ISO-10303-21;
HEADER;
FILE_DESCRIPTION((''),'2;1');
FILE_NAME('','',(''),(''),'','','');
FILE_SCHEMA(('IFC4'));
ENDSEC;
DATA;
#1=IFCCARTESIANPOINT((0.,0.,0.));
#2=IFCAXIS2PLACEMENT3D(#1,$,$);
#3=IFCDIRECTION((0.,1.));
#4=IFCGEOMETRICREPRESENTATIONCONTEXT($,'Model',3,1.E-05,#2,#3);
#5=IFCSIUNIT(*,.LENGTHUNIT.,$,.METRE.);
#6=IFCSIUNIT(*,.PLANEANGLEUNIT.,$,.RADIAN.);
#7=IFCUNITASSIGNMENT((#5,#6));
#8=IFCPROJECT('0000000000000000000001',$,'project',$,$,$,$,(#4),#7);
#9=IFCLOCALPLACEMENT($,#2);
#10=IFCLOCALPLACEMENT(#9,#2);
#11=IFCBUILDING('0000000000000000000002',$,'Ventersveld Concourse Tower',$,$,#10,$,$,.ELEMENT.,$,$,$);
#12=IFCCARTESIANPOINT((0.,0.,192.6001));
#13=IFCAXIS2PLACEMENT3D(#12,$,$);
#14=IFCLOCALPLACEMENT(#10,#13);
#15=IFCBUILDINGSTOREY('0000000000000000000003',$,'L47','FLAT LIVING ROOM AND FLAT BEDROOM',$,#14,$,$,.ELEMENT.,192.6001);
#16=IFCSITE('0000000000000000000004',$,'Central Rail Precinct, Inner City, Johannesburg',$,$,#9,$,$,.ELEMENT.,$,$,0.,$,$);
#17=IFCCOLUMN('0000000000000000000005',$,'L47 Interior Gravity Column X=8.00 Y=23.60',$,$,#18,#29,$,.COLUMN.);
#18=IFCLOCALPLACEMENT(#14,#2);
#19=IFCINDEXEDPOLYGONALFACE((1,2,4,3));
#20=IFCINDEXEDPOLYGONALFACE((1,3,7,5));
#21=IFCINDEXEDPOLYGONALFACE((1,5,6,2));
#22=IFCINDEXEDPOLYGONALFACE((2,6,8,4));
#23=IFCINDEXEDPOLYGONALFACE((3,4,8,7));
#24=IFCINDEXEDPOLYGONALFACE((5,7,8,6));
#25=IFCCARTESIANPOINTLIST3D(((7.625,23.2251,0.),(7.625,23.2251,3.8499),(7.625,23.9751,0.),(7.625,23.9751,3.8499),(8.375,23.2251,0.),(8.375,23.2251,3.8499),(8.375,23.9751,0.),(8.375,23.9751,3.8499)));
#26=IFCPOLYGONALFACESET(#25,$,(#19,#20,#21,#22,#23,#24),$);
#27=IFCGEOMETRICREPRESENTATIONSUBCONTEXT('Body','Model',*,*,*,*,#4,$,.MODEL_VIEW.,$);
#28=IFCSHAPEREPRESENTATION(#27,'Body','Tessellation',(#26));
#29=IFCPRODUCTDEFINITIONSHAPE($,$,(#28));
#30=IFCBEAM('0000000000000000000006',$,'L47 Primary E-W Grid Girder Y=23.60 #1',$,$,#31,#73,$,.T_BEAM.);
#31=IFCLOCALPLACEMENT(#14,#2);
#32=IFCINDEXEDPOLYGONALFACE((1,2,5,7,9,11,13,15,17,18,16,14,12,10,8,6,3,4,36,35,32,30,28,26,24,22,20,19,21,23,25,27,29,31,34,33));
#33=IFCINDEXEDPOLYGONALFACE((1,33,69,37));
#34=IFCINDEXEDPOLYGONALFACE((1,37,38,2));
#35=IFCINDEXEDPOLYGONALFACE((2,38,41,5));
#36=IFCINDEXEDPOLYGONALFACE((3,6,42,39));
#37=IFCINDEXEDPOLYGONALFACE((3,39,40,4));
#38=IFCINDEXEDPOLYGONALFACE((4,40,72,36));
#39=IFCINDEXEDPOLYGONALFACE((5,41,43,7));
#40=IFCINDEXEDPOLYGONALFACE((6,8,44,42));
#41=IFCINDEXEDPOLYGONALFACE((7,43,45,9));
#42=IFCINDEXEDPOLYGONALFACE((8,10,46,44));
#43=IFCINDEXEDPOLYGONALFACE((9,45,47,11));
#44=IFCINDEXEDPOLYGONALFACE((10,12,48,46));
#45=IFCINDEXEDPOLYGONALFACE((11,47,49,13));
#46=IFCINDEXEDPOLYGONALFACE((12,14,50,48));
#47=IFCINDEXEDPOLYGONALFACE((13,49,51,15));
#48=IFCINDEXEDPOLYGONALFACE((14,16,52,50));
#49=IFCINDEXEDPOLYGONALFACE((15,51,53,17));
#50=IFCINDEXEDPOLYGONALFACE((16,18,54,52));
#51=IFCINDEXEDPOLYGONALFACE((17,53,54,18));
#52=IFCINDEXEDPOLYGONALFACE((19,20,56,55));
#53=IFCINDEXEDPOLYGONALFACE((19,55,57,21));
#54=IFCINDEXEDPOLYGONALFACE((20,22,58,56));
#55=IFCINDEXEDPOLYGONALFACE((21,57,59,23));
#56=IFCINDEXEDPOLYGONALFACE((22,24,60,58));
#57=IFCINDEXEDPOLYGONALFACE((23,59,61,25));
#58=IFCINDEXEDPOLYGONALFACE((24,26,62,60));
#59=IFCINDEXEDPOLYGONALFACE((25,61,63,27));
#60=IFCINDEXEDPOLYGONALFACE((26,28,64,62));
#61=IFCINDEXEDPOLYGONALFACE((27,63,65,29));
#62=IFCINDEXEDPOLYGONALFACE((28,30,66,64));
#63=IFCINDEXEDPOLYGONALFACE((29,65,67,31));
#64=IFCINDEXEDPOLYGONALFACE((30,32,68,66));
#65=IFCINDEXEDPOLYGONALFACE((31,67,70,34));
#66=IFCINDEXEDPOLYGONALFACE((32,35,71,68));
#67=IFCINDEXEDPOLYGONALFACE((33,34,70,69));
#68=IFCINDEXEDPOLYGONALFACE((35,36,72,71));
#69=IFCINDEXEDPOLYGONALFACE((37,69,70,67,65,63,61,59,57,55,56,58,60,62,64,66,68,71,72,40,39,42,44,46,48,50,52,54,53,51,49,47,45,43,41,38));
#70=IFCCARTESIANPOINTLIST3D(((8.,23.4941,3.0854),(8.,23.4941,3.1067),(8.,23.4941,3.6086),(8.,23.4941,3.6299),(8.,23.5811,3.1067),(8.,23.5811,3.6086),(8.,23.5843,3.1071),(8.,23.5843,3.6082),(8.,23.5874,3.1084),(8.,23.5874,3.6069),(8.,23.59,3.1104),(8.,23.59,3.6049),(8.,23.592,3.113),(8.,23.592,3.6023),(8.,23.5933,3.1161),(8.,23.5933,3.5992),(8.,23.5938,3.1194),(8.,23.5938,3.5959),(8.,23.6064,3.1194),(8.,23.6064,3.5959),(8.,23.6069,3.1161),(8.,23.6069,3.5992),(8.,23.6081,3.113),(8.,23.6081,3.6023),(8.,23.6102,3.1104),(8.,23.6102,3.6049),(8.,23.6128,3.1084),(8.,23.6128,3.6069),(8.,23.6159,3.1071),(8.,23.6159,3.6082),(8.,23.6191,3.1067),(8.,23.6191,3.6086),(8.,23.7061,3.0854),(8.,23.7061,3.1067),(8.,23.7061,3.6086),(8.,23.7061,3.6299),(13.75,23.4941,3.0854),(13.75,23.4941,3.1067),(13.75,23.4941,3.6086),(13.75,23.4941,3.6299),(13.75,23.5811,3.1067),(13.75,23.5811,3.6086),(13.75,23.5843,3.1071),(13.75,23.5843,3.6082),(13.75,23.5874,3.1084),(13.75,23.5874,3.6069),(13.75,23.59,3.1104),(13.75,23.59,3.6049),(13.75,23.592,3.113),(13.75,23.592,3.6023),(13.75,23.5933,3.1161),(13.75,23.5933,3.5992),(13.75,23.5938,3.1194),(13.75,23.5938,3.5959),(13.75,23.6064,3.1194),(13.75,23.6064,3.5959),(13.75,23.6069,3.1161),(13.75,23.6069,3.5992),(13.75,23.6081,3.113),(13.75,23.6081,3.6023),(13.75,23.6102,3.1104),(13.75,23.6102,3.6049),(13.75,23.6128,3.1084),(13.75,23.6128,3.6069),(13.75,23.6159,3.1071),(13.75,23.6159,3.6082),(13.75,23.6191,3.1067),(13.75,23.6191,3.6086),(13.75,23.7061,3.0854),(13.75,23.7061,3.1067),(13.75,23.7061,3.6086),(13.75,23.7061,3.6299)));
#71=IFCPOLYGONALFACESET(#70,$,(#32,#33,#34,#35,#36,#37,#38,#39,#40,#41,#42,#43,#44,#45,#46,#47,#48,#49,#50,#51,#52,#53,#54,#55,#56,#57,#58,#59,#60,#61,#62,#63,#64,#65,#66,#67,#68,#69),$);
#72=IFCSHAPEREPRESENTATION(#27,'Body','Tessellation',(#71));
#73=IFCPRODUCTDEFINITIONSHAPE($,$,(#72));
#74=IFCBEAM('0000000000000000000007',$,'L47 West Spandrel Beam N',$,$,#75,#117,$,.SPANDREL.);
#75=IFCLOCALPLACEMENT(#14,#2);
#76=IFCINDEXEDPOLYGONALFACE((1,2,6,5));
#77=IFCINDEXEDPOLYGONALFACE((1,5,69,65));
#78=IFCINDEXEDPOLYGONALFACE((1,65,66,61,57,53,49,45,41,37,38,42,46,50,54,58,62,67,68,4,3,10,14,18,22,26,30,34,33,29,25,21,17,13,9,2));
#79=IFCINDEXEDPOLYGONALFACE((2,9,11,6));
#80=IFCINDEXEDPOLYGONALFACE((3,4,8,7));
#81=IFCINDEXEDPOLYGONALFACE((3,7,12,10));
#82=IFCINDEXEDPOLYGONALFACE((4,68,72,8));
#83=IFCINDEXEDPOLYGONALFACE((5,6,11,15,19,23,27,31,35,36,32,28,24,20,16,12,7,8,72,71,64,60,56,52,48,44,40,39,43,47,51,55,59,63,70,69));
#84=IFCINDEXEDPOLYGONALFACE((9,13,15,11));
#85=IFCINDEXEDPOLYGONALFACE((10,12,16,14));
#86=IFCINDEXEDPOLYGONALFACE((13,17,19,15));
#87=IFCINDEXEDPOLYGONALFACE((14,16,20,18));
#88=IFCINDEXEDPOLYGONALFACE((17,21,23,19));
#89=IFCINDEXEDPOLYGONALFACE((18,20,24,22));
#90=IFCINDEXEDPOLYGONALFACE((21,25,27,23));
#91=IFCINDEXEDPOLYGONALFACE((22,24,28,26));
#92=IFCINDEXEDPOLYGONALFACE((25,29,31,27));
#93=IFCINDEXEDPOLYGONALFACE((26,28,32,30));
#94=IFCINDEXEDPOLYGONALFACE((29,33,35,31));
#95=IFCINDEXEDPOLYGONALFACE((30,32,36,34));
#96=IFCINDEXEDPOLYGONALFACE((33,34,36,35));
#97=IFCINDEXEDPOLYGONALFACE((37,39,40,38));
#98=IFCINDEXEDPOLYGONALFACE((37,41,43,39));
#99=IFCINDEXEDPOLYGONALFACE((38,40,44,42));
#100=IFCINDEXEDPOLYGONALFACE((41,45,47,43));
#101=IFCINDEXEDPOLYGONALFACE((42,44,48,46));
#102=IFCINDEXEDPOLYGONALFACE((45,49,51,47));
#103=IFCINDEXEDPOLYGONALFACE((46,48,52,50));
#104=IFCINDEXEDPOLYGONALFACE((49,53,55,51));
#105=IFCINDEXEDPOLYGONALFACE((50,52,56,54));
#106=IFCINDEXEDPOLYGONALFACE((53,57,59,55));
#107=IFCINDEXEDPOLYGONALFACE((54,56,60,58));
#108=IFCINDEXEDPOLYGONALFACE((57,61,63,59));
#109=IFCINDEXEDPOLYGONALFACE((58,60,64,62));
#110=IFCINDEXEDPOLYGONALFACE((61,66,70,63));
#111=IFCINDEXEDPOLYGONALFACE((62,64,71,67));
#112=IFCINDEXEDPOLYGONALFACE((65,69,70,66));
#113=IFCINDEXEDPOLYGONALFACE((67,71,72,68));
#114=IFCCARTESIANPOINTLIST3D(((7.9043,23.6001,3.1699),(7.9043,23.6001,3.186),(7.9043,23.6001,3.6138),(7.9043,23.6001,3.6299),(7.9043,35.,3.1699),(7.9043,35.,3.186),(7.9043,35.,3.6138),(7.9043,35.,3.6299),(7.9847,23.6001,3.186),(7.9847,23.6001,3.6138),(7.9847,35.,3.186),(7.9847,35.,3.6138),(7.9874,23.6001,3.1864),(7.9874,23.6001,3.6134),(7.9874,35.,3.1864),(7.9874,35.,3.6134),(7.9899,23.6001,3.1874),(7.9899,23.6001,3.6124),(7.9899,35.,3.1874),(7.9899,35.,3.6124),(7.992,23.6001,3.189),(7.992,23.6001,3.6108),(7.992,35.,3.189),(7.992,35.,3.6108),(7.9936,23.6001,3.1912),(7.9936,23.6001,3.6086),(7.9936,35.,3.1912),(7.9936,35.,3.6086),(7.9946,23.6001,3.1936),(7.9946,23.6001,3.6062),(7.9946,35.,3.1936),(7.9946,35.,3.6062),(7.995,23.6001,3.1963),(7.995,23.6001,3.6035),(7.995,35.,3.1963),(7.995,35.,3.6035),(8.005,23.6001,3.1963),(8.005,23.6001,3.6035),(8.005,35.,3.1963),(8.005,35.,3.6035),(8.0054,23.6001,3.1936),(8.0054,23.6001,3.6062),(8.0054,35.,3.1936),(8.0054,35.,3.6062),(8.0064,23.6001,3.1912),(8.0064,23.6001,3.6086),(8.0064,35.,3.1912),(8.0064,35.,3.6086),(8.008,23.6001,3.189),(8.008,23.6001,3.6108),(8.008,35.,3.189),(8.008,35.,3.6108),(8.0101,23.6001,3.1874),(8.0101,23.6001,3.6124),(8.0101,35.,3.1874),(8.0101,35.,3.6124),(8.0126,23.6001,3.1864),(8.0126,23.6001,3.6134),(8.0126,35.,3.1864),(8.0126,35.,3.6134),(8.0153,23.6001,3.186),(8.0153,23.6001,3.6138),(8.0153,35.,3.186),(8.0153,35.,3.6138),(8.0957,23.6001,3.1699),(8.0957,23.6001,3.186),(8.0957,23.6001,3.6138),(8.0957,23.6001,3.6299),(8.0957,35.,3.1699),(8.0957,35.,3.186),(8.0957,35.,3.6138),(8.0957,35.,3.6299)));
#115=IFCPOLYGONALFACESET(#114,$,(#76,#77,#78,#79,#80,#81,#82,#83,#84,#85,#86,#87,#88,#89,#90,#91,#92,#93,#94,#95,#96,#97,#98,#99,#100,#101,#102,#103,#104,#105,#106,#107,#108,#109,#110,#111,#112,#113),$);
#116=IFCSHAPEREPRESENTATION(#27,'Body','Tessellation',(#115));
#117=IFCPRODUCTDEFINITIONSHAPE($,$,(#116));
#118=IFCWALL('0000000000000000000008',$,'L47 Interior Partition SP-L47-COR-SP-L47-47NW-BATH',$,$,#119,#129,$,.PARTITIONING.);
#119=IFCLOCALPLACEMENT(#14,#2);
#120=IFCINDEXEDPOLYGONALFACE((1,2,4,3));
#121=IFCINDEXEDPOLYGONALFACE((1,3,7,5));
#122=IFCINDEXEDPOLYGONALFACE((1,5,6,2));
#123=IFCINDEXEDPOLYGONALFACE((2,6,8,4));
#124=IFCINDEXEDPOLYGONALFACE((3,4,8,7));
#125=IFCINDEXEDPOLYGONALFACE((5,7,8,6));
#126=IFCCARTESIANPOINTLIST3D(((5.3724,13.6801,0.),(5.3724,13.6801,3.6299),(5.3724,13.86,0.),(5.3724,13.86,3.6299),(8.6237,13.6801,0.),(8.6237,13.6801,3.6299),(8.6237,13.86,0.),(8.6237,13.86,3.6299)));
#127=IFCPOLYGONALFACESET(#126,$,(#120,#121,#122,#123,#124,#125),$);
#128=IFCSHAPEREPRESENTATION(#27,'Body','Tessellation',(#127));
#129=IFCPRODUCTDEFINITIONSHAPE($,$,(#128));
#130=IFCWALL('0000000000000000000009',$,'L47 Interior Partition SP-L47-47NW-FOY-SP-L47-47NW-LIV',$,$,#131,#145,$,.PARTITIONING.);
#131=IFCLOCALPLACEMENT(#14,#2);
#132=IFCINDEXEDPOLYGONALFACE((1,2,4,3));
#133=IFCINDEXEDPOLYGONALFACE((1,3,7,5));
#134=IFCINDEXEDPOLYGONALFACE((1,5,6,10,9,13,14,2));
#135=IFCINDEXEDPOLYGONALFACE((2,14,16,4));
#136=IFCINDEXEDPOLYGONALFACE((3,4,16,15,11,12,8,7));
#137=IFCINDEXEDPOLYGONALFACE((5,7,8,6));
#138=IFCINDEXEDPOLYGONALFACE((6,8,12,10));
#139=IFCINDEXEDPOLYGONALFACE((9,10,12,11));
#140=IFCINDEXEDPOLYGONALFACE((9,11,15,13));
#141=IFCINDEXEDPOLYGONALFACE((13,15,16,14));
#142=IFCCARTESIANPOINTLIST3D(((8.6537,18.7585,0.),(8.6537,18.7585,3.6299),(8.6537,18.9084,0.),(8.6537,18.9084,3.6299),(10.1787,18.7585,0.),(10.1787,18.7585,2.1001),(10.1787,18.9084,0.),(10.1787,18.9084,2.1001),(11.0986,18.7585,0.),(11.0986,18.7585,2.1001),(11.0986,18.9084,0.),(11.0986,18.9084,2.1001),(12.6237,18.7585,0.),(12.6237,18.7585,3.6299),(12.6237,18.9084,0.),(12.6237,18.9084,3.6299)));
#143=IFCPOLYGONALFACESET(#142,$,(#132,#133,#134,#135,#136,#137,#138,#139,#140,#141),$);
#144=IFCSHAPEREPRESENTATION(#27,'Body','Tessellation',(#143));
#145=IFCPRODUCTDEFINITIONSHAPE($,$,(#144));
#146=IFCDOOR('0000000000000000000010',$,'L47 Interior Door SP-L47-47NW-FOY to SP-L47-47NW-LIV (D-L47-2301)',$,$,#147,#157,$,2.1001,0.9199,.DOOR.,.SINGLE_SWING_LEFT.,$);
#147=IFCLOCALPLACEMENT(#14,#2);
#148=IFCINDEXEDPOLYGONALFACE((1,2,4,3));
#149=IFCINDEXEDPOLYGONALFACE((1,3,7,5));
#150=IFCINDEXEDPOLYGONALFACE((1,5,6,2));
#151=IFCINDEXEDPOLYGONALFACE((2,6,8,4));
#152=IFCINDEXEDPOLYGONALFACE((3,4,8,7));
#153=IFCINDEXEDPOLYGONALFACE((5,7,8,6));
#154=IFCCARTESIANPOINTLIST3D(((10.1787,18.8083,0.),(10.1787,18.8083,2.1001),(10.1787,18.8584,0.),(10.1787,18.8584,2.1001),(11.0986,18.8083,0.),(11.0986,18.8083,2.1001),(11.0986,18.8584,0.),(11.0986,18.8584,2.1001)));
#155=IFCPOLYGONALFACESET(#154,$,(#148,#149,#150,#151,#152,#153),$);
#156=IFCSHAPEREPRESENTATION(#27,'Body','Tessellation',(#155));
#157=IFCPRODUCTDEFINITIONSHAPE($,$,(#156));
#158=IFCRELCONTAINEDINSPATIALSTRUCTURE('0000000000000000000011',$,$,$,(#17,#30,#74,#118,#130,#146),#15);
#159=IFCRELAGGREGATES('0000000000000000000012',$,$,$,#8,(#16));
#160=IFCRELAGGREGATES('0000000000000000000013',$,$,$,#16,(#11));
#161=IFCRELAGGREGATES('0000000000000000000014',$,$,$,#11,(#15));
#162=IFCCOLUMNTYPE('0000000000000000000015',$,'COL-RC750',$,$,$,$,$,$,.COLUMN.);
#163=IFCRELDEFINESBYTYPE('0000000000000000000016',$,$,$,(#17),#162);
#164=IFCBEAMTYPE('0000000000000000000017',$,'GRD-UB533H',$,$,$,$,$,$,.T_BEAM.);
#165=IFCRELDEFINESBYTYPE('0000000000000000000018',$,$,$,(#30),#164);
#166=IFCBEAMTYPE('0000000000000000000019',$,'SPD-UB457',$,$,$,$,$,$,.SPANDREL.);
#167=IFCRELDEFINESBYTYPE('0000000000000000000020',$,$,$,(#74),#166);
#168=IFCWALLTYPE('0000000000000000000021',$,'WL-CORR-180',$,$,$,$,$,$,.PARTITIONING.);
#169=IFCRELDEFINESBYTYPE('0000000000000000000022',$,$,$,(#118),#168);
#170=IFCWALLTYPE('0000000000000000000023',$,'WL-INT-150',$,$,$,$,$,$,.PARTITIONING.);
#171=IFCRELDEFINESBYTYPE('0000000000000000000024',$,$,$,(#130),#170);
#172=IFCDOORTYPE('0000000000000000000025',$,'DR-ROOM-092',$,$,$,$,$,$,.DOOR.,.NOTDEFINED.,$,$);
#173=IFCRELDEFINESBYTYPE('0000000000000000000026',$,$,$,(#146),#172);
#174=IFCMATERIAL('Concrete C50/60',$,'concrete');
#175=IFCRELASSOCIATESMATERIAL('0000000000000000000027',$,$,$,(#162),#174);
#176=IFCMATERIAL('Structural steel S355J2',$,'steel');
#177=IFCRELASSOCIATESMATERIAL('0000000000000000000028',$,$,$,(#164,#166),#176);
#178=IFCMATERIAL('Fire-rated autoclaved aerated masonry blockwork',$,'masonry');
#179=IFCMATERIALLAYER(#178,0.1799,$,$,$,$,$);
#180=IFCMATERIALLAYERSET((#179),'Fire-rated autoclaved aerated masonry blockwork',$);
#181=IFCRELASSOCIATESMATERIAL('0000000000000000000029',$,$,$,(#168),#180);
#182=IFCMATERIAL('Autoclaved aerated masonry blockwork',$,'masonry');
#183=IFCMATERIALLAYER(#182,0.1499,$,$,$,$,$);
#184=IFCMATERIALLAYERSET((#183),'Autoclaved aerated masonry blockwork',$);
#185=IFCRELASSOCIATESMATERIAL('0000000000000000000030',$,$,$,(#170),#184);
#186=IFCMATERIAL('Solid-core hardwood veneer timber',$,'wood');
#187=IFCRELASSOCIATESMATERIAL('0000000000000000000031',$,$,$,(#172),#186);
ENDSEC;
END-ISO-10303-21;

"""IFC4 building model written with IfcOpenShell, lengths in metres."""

from ifc_helpers import new_model, si_unit, direction, frame, frame_2d, origin, origin_2d, place, context, subcontext, project, spatial, rectangle, i_section, extrude, material, layer, layer_set, material_profile, profile_set, type_object, element, fill, save


model = new_model("IFC4")

# Units and contexts
model_context = context("Model", 3, precision=1e-05, world=origin(), true_north=direction((0.0, 1.0)))
body_context = subcontext(model_context, "Body", "Model", "MODEL_VIEW")
ifc_project = project(units=[si_unit("LENGTHUNIT", "METRE"), si_unit("PLANEANGLEUNIT", "RADIAN")], contexts=[model_context])

# Site, building, storey
site_placement = place(None, origin())
site = spatial("IfcSite", under=ifc_project, at=site_placement, Name="Central Rail Precinct, Inner City, Johannesburg", CompositionType="ELEMENT", RefElevation=0.0)
building_placement = place(site_placement, origin())
building = spatial("IfcBuilding", under=site, at=building_placement, Name="Ventersveld Concourse Tower", CompositionType="ELEMENT")
storey_placement = place(building_placement, frame((0.0, 0.0, 192.6001)))
storey = spatial("IfcBuildingStorey", under=building, at=storey_placement, Name="L47", Description="FLAT LIVING ROOM AND FLAT BEDROOM", CompositionType="ELEMENT", Elevation=192.6001)

# Column
ifc_material_1 = material(Name="Concrete C50/60", Category="concrete")
ifc_material_profile_1 = material_profile(ifc_material_1, rectangle(XDim=0.75, YDim=0.75, at=origin_2d()), Name="RC 750x750")
ifc_profile_set_1 = profile_set([ifc_material_profile_1], Name="Concrete C50/60")
column_type = type_object("IfcColumnType", Name="COL-RC750", PredefinedType="COLUMN", material=ifc_profile_set_1)
column_placement = place(storey_placement, frame((8.0, 23.6001, 0.0), z_axis=(0.0, 0.0, 1.0), x_axis=(1.0, 0.0, 0.0)))
element("IfcColumn", 1, at=column_placement, inside=storey, type_object=column_type, Name="L47 Interior Gravity Column X=8.00 Y=23.60", PredefinedType="COLUMN", context=body_context, shape_type="SweptSolid", body=[
    extrude(rectangle(XDim=0.75, YDim=0.75, at=origin_2d()), origin(), (0.0, 0.0, 1.0), 3.8499),
])

# Beams
ifc_material_2 = material(Name="Structural steel S355J2", Category="steel")
ifc_material_profile_2 = material_profile(ifc_material_2, i_section(OverallWidth=0.2119, OverallDepth=0.5444, WebThickness=0.0127, FlangeThickness=0.0212, FilletRadius=0.0127, at=origin_2d()), Name="UB 533x210x122")
ifc_profile_set_2 = profile_set([ifc_material_profile_2], Name="Structural steel S355J2")
beam_type_1 = type_object("IfcBeamType", Name="GRD-UB533H", PredefinedType="T_BEAM", material=ifc_profile_set_2)
beam_1_placement = place(storey_placement, frame((8.0, 23.6001, 3.3577), z_axis=(1.0, 0.0, 0.0), x_axis=(0.0, 1.0, 0.0)))
element("IfcBeam", 2, at=beam_1_placement, inside=storey, type_object=beam_type_1, Name="L47 Primary E-W Grid Girder Y=23.60 #1", PredefinedType="T_BEAM", context=body_context, shape_type="SweptSolid", body=[
    extrude(i_section(OverallWidth=0.2119, OverallDepth=0.5444, WebThickness=0.0127, FlangeThickness=0.0212, FilletRadius=0.0127, at=origin_2d()), origin(), (0.0, 0.0, 1.0), 5.75),
])
ifc_material_profile_3 = material_profile(ifc_material_2, i_section(OverallWidth=0.1914, OverallDepth=0.46, WebThickness=0.01, FlangeThickness=0.0161, FilletRadius=0.0103, at=origin_2d()), Name="UB 457x191x82")
ifc_profile_set_3 = profile_set([ifc_material_profile_3], Name="Structural steel S355J2")
beam_type_2 = type_object("IfcBeamType", Name="SPD-UB457", PredefinedType="SPANDREL", material=ifc_profile_set_3)
beam_2_placement = place(storey_placement, frame((8.0, 23.6001, 3.3999), z_axis=(0.0, 1.0, 0.0), x_axis=(-1.0, 0.0, 0.0)))
element("IfcBeam", 3, at=beam_2_placement, inside=storey, type_object=beam_type_2, Name="L47 West Spandrel Beam N", PredefinedType="SPANDREL", context=body_context, shape_type="SweptSolid", body=[
    extrude(i_section(OverallWidth=0.1914, OverallDepth=0.46, WebThickness=0.01, FlangeThickness=0.0161, FilletRadius=0.0103, at=origin_2d()), origin(), (0.0, 0.0, 1.0), 11.3999),
])

# Shared definitions
ifc_material_3 = material(Name="Fire-rated autoclaved aerated masonry blockwork", Category="masonry")
ifc_layer_1 = layer(ifc_material_3, 0.1799)
ifc_layer_set_1 = layer_set([ifc_layer_1], Name="Fire-rated autoclaved aerated masonry blockwork")
wall_type_1 = type_object("IfcWallType", Name="WL-CORR-180", PredefinedType="PARTITIONING", material=ifc_layer_set_1)
ifc_material_4 = material(Name="Solid-core hardwood veneer timber", Category="wood")

# Wall
wall_1_placement = place(storey_placement, frame((5.3726, 13.77, 0.0), z_axis=(0.0, 0.0, 1.0), x_axis=(1.0, 0.0, 0.0)))
element("IfcWall", 4, at=wall_1_placement, inside=storey, type_object=wall_type_1, Name="L47 Interior Partition SP-L47-COR-SP-L47-47NW-BATH", PredefinedType="PARTITIONING", context=body_context, shape_type="SweptSolid", body=[
    extrude(rectangle(XDim=3.2512, YDim=0.1799, at=frame_2d((1.6255, 0.0))), origin(), (0.0, 0.0, 1.0), 3.6299),
])

# Wall, opening, door
ifc_material_5 = material(Name="Autoclaved aerated masonry blockwork", Category="masonry")
ifc_layer_2 = layer(ifc_material_5, 0.1499)
ifc_layer_set_2 = layer_set([ifc_layer_2], Name="Autoclaved aerated masonry blockwork")
wall_type_2 = type_object("IfcWallType", Name="WL-INT-150", PredefinedType="PARTITIONING", material=ifc_layer_set_2)
wall_2_placement = place(storey_placement, frame((8.6538, 18.8335, 0.0), z_axis=(0.0, 0.0, 1.0), x_axis=(1.0, 0.0, 0.0)))
wall_2 = element("IfcWall", 5, at=wall_2_placement, inside=storey, type_object=wall_type_2, Name="L47 Interior Partition SP-L47-47NW-FOY-SP-L47-47NW-LIV", PredefinedType="PARTITIONING", context=body_context, shape_type="SweptSolid", body=[
    extrude(rectangle(XDim=3.97, YDim=0.1499, at=frame_2d((1.9849, 0.0))), origin(), (0.0, 0.0, 1.0), 3.6299),
])
opening_1_placement = place(wall_2_placement, frame((1.5249, 0.0, 0.0)))
opening_1 = element("IfcOpeningElement", 6, at=opening_1_placement, cuts=wall_2, PredefinedType="OPENING", context=body_context, shape_type="SweptSolid", body=[
    extrude(rectangle(XDim=0.9199, YDim=2.1001, at=frame_2d((0.46, 1.05))), frame((0.0, 0.085, 0.0), z_axis=(0.0, -1.0, 0.0), x_axis=(1.0, 0.0, 0.0)), (0.0, 0.0, 1.0), 0.1699),
])
door_type_1 = type_object("IfcDoorType", Name="DR-ROOM-092", OperationType="NOTDEFINED", PredefinedType="DOOR", material=ifc_material_4)
door_1_placement = place(opening_1_placement, origin())
door_1 = element("IfcDoor", 7, at=door_1_placement, inside=storey, type_object=door_type_1, Name="L47 Interior Door SP-L47-47NW-FOY to SP-L47-47NW-LIV (D-L47-2301)", OperationType="SINGLE_SWING_LEFT", OverallHeight=2.1001, OverallWidth=0.9199, PredefinedType="DOOR", context=body_context, shape_type="SweptSolid", body=[
    extrude(rectangle(XDim=0.9199, YDim=2.1001, at=frame_2d((0.46, 1.05))), frame((0.0, 0.0249, 0.0), z_axis=(0.0, -1.0, 0.0), x_axis=(1.0, 0.0, 0.0)), (0.0, 0.0, 1.0), 0.05),
])
fill(opening_1, door_1)

save(model, "model.ifc")
